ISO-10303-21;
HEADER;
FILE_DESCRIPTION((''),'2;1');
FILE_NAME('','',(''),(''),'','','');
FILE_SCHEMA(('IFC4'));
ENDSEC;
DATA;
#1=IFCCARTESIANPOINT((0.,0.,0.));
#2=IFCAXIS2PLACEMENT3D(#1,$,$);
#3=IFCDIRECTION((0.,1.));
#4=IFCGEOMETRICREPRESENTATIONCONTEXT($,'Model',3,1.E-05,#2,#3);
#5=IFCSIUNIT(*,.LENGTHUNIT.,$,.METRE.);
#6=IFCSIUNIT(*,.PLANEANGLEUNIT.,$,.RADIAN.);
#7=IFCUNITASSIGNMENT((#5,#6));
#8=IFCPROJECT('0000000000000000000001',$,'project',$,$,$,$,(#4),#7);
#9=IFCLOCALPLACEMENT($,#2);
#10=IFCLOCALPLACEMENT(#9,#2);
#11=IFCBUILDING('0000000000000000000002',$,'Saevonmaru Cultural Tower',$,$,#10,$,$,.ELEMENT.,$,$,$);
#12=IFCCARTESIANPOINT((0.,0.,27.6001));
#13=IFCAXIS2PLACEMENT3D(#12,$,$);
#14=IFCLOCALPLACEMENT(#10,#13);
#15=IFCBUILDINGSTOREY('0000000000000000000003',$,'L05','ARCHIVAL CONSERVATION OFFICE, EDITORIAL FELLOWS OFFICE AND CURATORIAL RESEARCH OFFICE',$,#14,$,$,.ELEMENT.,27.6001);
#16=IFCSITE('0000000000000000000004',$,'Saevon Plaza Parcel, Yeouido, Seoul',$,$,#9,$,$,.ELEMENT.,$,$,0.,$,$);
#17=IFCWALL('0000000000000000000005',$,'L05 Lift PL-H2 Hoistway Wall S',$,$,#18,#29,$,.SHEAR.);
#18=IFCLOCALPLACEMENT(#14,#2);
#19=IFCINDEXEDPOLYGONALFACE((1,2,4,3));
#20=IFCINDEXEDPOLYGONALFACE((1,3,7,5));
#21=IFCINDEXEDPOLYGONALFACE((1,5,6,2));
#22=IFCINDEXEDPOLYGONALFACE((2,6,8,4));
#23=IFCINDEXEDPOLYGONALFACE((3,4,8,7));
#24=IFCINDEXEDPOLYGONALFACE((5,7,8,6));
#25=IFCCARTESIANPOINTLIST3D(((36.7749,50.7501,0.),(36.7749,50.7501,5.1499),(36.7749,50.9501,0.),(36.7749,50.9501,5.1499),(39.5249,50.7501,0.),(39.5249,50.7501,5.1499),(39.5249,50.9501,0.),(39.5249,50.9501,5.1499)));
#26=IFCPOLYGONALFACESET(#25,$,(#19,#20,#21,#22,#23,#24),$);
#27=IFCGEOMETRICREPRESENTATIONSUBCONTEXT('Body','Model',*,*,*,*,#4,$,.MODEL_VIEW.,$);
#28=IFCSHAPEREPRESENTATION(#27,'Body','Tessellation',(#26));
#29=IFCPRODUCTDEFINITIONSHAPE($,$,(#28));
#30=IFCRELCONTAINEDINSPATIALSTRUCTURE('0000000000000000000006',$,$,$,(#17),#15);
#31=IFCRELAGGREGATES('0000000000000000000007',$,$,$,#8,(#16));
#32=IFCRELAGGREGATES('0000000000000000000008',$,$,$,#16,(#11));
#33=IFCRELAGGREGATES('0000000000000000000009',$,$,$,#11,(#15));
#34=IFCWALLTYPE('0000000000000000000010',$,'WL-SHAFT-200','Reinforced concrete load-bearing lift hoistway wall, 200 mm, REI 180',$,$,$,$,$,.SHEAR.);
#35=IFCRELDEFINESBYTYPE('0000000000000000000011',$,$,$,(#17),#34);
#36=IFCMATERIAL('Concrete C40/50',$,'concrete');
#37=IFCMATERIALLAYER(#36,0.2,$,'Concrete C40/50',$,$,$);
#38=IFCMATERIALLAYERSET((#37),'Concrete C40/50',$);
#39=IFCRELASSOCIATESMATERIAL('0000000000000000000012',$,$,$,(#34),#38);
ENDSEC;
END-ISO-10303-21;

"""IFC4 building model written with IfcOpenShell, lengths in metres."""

from ifc_helpers import new_model, si_unit, direction, frame, frame_2d, origin, place, context, subcontext, project, spatial, rectangle, extrude, material, layer, layer_set, type_object, element, save


model = new_model("IFC4")

# Units and contexts
model_context = context("Model", 3, precision=1e-05, world=origin(), true_north=direction((0.0, 1.0)))
body_context = subcontext(model_context, "Body", "Model", "MODEL_VIEW")
ifc_project = project(units=[si_unit("LENGTHUNIT", "METRE"), si_unit("PLANEANGLEUNIT", "RADIAN")], contexts=[model_context])

# Site, building, storey
site_placement = place(None, origin())
site = spatial("IfcSite", under=ifc_project, at=site_placement, Name="Saevon Plaza Parcel, Yeouido, Seoul", CompositionType="ELEMENT", RefElevation=0.0)
building_placement = place(site_placement, origin())
building = spatial("IfcBuilding", under=site, at=building_placement, Name="Saevonmaru Cultural Tower", CompositionType="ELEMENT")
storey_placement = place(building_placement, frame((0.0, 0.0, 27.6001)))
storey = spatial("IfcBuildingStorey", under=building, at=storey_placement, Name="L05", Description="ARCHIVAL CONSERVATION OFFICE, EDITORIAL FELLOWS OFFICE AND CURATORIAL RESEARCH OFFICE", CompositionType="ELEMENT", Elevation=27.6001)

# Shared definitions
ifc_material_1 = material(Name="Concrete C40/50", Category="concrete")
ifc_layer_1 = layer(ifc_material_1, 0.2, Name="Concrete C40/50")
ifc_layer_set_1 = layer_set([ifc_layer_1], Name="Concrete C40/50")
wall_type_1 = type_object("IfcWallType", Name="WL-SHAFT-200", Description="Reinforced concrete load-bearing lift hoistway wall, 200 mm, REI 180", PredefinedType="SHEAR", material=ifc_layer_set_1)

# Wall
wall_1_placement = place(storey_placement, frame((36.7749, 50.8501, 0.0), z_axis=(0.0, 0.0, 1.0), x_axis=(1.0, 0.0, 0.0)))
element("IfcWall", 1, at=wall_1_placement, inside=storey, type_object=wall_type_1, Name="L05 Lift PL-H2 Hoistway Wall S", PredefinedType="SHEAR", context=body_context, shape_type="SweptSolid", body=[
    extrude(rectangle(XDim=2.75, YDim=0.2, at=frame_2d((1.375, 0.0))), origin(), (0.0, 0.0, 1.0), 5.1499),
])

save(model, "model.ifc")
